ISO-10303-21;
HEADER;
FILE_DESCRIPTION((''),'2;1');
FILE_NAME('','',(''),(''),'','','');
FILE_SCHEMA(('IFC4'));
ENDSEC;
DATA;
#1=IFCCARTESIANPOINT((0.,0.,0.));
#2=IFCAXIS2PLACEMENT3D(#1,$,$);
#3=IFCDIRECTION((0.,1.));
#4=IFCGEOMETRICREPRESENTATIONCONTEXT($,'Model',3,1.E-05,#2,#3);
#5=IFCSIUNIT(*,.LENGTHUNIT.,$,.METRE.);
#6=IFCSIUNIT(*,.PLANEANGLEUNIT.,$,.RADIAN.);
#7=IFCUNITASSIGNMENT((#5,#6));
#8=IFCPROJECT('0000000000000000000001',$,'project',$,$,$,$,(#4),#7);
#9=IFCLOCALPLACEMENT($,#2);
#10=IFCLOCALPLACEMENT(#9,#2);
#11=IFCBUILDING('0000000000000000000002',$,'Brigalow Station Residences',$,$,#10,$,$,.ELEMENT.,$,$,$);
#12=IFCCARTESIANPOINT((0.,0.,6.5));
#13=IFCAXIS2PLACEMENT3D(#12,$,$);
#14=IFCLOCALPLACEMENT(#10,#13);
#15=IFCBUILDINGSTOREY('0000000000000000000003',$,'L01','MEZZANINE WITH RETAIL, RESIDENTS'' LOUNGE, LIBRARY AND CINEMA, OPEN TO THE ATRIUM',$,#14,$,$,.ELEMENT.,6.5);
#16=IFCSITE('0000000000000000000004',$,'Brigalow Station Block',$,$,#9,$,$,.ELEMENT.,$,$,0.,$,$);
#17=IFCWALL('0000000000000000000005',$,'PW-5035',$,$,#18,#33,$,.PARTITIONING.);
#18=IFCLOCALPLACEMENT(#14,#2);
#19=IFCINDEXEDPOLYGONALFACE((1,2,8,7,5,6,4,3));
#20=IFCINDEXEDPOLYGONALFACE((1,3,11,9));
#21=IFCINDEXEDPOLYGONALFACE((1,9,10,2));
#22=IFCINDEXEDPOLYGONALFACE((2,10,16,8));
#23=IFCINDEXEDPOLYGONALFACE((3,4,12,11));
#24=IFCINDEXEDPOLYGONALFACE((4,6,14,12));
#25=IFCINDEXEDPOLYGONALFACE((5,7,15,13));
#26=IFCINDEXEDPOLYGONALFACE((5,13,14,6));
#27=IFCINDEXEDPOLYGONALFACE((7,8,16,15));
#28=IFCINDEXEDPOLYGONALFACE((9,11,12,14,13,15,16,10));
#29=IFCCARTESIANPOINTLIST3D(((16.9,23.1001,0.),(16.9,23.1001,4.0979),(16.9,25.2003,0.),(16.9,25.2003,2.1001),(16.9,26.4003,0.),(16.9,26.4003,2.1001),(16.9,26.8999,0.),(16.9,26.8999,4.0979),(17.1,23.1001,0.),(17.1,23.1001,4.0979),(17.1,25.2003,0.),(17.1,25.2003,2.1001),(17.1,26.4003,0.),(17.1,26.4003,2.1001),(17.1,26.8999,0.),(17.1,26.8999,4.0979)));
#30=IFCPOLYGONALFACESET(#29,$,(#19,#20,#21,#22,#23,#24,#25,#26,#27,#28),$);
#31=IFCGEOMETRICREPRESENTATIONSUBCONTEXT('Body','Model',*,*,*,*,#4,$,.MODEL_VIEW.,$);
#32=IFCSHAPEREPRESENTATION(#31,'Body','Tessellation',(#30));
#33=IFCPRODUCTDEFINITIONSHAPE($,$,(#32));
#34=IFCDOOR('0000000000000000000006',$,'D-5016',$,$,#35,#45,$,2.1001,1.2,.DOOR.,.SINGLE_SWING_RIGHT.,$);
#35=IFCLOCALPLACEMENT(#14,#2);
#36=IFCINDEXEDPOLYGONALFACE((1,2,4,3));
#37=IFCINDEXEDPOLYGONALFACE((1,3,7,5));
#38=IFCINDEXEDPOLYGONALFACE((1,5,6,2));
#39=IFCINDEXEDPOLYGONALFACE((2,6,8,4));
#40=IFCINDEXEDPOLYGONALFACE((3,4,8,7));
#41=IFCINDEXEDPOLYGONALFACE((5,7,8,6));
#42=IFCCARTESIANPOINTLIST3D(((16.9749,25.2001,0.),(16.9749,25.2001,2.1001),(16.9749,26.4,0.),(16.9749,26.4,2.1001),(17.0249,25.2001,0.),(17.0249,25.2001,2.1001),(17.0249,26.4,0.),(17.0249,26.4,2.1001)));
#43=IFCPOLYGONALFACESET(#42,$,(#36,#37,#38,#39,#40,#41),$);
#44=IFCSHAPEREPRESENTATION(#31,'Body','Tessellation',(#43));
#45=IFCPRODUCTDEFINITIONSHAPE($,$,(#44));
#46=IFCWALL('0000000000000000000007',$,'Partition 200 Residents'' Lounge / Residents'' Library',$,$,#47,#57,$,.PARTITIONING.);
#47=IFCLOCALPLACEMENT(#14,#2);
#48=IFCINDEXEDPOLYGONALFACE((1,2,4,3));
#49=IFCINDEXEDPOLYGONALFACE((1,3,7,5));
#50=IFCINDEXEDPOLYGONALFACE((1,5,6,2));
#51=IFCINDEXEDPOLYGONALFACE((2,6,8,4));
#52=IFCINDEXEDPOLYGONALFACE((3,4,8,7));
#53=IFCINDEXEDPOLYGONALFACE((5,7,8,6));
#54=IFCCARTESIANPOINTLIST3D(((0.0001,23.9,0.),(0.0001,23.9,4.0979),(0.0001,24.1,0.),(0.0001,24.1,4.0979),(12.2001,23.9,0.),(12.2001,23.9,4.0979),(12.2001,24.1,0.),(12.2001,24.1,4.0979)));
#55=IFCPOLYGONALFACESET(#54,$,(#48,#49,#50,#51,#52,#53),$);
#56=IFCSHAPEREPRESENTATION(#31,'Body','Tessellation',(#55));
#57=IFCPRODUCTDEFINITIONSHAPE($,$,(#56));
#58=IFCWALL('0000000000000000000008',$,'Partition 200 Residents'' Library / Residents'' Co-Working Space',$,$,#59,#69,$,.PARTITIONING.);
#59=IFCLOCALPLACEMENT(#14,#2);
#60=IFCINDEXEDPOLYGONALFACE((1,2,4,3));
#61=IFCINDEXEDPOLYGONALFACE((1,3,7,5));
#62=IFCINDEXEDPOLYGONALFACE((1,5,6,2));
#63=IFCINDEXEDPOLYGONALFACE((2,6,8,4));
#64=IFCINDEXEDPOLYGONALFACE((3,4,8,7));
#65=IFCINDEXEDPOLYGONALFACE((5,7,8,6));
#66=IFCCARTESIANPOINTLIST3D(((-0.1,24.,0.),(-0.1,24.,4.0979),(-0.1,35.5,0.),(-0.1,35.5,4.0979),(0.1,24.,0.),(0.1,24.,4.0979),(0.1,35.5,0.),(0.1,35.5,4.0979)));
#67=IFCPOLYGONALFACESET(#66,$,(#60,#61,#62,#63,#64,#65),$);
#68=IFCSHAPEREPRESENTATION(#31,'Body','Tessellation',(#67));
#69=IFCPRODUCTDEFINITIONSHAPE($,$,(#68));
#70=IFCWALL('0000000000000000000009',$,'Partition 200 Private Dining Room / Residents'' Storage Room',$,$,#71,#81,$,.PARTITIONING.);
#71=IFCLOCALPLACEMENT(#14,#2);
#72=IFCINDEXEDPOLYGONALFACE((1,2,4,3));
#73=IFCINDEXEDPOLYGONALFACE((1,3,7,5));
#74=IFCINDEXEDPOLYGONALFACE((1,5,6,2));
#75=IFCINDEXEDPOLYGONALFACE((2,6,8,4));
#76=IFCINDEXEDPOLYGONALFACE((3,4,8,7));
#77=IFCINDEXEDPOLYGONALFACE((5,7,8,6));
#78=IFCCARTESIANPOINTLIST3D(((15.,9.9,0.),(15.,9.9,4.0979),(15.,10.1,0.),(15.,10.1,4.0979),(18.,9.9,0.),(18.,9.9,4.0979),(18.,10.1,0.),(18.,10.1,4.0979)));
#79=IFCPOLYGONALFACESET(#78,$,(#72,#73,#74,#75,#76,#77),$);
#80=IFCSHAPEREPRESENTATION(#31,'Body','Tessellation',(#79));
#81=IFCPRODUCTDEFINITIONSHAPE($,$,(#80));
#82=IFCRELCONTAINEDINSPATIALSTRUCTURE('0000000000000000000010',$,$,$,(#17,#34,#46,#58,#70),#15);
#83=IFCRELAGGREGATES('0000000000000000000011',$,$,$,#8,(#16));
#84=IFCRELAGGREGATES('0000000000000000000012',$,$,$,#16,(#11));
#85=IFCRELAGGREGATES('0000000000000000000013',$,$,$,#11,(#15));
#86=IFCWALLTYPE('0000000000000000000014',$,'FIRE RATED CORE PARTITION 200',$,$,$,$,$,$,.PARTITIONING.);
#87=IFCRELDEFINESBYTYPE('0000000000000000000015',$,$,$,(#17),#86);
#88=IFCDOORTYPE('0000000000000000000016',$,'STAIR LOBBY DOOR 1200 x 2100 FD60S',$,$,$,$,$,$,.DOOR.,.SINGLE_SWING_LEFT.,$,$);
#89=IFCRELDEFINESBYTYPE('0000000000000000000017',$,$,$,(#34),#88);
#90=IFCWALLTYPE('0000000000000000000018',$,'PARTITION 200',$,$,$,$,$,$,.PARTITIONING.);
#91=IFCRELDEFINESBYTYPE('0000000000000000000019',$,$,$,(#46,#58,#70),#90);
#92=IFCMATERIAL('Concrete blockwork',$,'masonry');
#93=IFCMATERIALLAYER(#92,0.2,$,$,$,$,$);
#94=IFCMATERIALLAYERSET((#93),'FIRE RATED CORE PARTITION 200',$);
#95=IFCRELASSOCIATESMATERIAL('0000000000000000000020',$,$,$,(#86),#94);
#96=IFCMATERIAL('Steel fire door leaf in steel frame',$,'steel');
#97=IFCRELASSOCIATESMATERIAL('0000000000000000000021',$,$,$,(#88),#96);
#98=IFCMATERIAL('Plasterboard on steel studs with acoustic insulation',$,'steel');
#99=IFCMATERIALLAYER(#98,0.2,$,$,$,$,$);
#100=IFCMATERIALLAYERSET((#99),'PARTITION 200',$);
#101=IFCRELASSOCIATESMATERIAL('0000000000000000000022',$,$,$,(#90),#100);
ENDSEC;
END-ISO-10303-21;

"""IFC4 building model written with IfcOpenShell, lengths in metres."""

from ifc_helpers import new_model, si_unit, direction, frame, frame_2d, origin, place, context, subcontext, project, spatial, rectangle, extrude, material, layer, layer_set, type_object, element, fill, save


model = new_model("IFC4")

# Units and contexts
model_context = context("Model", 3, precision=1e-05, world=origin(), true_north=direction((0.0, 1.0)))
body_context = subcontext(model_context, "Body", "Model", "MODEL_VIEW")
ifc_project = project(units=[si_unit("LENGTHUNIT", "METRE"), si_unit("PLANEANGLEUNIT", "RADIAN")], contexts=[model_context])

# Site, building, storey
site_placement = place(None, origin())
site = spatial("IfcSite", under=ifc_project, at=site_placement, Name="Brigalow Station Block", CompositionType="ELEMENT", RefElevation=0.0)
building_placement = place(site_placement, origin())
building = spatial("IfcBuilding", under=site, at=building_placement, Name="Brigalow Station Residences", CompositionType="ELEMENT")
storey_placement = place(building_placement, frame((0.0, 0.0, 6.5)))
storey = spatial("IfcBuildingStorey", under=building, at=storey_placement, Name="L01", Description="MEZZANINE WITH RETAIL, RESIDENTS' LOUNGE, LIBRARY AND CINEMA, OPEN TO THE ATRIUM", CompositionType="ELEMENT", Elevation=6.5)

# Shared definitions
ifc_material_1 = material(Name="Concrete blockwork", Category="masonry")
ifc_layer_1 = layer(ifc_material_1, 0.2)
ifc_layer_set_1 = layer_set([ifc_layer_1], Name="FIRE RATED CORE PARTITION 200")
wall_type_1 = type_object("IfcWallType", Name="FIRE RATED CORE PARTITION 200", PredefinedType="PARTITIONING", material=ifc_layer_set_1)

# Wall, opening, door
wall_1_placement = place(storey_placement, frame((17.0, 23.1001, 0.0), z_axis=(0.0, 0.0, 1.0), x_axis=(0.0, 1.0, 0.0)))
wall_1 = element("IfcWall", 1, at=wall_1_placement, inside=storey, type_object=wall_type_1, Name="PW-5035", PredefinedType="PARTITIONING", context=body_context, shape_type="SweptSolid", body=[
    extrude(rectangle(XDim=3.7998, YDim=0.2, at=frame_2d((1.8999, 0.0))), origin(), (0.0, 0.0, 1.0), 4.0979),
])
opening_1_placement = place(wall_1_placement, frame((2.1001, 0.0, 0.0)))
opening_1 = element("IfcOpeningElement", 2, at=opening_1_placement, cuts=wall_1, PredefinedType="OPENING", context=body_context, shape_type="SweptSolid", body=[
    extrude(rectangle(XDim=1.2, YDim=2.1001, at=frame_2d((0.6001, 1.05))), frame((0.0, 0.1099, 0.0), z_axis=(0.0, -1.0, 0.0), x_axis=(1.0, 0.0, 0.0)), (0.0, 0.0, 1.0), 0.22),
])
ifc_material_2 = material(Name="Steel fire door leaf in steel frame", Category="steel")
door_type_1 = type_object("IfcDoorType", Name="STAIR LOBBY DOOR 1200 x 2100 FD60S", OperationType="SINGLE_SWING_LEFT", PredefinedType="DOOR", material=ifc_material_2)
door_1_placement = place(opening_1_placement, frame((1.2, 0.0, 0.0), z_axis=(0.0, 0.0, 1.0), x_axis=(-1.0, 0.0, 0.0)))
door_1 = element("IfcDoor", 3, at=door_1_placement, inside=storey, type_object=door_type_1, Name="D-5016", OperationType="SINGLE_SWING_RIGHT", OverallHeight=2.1001, OverallWidth=1.2, PredefinedType="DOOR", context=body_context, shape_type="SweptSolid", body=[
    extrude(rectangle(XDim=1.2, YDim=2.1001, at=frame_2d((0.6001, 1.05))), frame((0.0, 0.0249, 0.0), z_axis=(0.0, -1.0, 0.0), x_axis=(1.0, 0.0, 0.0)), (0.0, 0.0, 1.0), 0.05),
])
fill(opening_1, door_1)

# Walls
ifc_material_3 = material(Name="Plasterboard on steel studs with acoustic insulation", Category="steel")
ifc_layer_2 = layer(ifc_material_3, 0.2)
ifc_layer_set_2 = layer_set([ifc_layer_2], Name="PARTITION 200")
wall_type_2 = type_object("IfcWallType", Name="PARTITION 200", PredefinedType="PARTITIONING", material=ifc_layer_set_2)
wall_2_placement = place(storey_placement, frame((0.0, 24.0, 0.0), z_axis=(0.0, 0.0, 1.0), x_axis=(1.0, 0.0, 0.0)))
element("IfcWall", 4, at=wall_2_placement, inside=storey, type_object=wall_type_2, Name="Partition 200 Residents' Lounge / Residents' Library", PredefinedType="PARTITIONING", context=body_context, shape_type="SweptSolid", body=[
    extrude(rectangle(XDim=12.2, YDim=0.2, at=frame_2d((6.1001, 0.0))), origin(), (0.0, 0.0, 1.0), 4.0979),
])
wall_3_placement = place(storey_placement, frame((0.0, 24.0, 0.0), z_axis=(0.0, 0.0, 1.0), x_axis=(0.0, 1.0, 0.0)))
element("IfcWall", 5, at=wall_3_placement, inside=storey, type_object=wall_type_2, Name="Partition 200 Residents' Library / Residents' Co-Working Space", PredefinedType="PARTITIONING", context=body_context, shape_type="SweptSolid", body=[
    extrude(rectangle(XDim=11.5, YDim=0.2, at=frame_2d((5.75, 0.0))), origin(), (0.0, 0.0, 1.0), 4.0979),
])
wall_4_placement = place(storey_placement, frame((15.0, 10.0, 0.0), z_axis=(0.0, 0.0, 1.0), x_axis=(1.0, 0.0, 0.0)))
element("IfcWall", 6, at=wall_4_placement, inside=storey, type_object=wall_type_2, Name="Partition 200 Private Dining Room / Residents' Storage Room", PredefinedType="PARTITIONING", context=body_context, shape_type="SweptSolid", body=[
    extrude(rectangle(XDim=3.0, YDim=0.2, at=frame_2d((1.5, 0.0))), origin(), (0.0, 0.0, 1.0), 4.0979),
])

save(model, "model.ifc")
